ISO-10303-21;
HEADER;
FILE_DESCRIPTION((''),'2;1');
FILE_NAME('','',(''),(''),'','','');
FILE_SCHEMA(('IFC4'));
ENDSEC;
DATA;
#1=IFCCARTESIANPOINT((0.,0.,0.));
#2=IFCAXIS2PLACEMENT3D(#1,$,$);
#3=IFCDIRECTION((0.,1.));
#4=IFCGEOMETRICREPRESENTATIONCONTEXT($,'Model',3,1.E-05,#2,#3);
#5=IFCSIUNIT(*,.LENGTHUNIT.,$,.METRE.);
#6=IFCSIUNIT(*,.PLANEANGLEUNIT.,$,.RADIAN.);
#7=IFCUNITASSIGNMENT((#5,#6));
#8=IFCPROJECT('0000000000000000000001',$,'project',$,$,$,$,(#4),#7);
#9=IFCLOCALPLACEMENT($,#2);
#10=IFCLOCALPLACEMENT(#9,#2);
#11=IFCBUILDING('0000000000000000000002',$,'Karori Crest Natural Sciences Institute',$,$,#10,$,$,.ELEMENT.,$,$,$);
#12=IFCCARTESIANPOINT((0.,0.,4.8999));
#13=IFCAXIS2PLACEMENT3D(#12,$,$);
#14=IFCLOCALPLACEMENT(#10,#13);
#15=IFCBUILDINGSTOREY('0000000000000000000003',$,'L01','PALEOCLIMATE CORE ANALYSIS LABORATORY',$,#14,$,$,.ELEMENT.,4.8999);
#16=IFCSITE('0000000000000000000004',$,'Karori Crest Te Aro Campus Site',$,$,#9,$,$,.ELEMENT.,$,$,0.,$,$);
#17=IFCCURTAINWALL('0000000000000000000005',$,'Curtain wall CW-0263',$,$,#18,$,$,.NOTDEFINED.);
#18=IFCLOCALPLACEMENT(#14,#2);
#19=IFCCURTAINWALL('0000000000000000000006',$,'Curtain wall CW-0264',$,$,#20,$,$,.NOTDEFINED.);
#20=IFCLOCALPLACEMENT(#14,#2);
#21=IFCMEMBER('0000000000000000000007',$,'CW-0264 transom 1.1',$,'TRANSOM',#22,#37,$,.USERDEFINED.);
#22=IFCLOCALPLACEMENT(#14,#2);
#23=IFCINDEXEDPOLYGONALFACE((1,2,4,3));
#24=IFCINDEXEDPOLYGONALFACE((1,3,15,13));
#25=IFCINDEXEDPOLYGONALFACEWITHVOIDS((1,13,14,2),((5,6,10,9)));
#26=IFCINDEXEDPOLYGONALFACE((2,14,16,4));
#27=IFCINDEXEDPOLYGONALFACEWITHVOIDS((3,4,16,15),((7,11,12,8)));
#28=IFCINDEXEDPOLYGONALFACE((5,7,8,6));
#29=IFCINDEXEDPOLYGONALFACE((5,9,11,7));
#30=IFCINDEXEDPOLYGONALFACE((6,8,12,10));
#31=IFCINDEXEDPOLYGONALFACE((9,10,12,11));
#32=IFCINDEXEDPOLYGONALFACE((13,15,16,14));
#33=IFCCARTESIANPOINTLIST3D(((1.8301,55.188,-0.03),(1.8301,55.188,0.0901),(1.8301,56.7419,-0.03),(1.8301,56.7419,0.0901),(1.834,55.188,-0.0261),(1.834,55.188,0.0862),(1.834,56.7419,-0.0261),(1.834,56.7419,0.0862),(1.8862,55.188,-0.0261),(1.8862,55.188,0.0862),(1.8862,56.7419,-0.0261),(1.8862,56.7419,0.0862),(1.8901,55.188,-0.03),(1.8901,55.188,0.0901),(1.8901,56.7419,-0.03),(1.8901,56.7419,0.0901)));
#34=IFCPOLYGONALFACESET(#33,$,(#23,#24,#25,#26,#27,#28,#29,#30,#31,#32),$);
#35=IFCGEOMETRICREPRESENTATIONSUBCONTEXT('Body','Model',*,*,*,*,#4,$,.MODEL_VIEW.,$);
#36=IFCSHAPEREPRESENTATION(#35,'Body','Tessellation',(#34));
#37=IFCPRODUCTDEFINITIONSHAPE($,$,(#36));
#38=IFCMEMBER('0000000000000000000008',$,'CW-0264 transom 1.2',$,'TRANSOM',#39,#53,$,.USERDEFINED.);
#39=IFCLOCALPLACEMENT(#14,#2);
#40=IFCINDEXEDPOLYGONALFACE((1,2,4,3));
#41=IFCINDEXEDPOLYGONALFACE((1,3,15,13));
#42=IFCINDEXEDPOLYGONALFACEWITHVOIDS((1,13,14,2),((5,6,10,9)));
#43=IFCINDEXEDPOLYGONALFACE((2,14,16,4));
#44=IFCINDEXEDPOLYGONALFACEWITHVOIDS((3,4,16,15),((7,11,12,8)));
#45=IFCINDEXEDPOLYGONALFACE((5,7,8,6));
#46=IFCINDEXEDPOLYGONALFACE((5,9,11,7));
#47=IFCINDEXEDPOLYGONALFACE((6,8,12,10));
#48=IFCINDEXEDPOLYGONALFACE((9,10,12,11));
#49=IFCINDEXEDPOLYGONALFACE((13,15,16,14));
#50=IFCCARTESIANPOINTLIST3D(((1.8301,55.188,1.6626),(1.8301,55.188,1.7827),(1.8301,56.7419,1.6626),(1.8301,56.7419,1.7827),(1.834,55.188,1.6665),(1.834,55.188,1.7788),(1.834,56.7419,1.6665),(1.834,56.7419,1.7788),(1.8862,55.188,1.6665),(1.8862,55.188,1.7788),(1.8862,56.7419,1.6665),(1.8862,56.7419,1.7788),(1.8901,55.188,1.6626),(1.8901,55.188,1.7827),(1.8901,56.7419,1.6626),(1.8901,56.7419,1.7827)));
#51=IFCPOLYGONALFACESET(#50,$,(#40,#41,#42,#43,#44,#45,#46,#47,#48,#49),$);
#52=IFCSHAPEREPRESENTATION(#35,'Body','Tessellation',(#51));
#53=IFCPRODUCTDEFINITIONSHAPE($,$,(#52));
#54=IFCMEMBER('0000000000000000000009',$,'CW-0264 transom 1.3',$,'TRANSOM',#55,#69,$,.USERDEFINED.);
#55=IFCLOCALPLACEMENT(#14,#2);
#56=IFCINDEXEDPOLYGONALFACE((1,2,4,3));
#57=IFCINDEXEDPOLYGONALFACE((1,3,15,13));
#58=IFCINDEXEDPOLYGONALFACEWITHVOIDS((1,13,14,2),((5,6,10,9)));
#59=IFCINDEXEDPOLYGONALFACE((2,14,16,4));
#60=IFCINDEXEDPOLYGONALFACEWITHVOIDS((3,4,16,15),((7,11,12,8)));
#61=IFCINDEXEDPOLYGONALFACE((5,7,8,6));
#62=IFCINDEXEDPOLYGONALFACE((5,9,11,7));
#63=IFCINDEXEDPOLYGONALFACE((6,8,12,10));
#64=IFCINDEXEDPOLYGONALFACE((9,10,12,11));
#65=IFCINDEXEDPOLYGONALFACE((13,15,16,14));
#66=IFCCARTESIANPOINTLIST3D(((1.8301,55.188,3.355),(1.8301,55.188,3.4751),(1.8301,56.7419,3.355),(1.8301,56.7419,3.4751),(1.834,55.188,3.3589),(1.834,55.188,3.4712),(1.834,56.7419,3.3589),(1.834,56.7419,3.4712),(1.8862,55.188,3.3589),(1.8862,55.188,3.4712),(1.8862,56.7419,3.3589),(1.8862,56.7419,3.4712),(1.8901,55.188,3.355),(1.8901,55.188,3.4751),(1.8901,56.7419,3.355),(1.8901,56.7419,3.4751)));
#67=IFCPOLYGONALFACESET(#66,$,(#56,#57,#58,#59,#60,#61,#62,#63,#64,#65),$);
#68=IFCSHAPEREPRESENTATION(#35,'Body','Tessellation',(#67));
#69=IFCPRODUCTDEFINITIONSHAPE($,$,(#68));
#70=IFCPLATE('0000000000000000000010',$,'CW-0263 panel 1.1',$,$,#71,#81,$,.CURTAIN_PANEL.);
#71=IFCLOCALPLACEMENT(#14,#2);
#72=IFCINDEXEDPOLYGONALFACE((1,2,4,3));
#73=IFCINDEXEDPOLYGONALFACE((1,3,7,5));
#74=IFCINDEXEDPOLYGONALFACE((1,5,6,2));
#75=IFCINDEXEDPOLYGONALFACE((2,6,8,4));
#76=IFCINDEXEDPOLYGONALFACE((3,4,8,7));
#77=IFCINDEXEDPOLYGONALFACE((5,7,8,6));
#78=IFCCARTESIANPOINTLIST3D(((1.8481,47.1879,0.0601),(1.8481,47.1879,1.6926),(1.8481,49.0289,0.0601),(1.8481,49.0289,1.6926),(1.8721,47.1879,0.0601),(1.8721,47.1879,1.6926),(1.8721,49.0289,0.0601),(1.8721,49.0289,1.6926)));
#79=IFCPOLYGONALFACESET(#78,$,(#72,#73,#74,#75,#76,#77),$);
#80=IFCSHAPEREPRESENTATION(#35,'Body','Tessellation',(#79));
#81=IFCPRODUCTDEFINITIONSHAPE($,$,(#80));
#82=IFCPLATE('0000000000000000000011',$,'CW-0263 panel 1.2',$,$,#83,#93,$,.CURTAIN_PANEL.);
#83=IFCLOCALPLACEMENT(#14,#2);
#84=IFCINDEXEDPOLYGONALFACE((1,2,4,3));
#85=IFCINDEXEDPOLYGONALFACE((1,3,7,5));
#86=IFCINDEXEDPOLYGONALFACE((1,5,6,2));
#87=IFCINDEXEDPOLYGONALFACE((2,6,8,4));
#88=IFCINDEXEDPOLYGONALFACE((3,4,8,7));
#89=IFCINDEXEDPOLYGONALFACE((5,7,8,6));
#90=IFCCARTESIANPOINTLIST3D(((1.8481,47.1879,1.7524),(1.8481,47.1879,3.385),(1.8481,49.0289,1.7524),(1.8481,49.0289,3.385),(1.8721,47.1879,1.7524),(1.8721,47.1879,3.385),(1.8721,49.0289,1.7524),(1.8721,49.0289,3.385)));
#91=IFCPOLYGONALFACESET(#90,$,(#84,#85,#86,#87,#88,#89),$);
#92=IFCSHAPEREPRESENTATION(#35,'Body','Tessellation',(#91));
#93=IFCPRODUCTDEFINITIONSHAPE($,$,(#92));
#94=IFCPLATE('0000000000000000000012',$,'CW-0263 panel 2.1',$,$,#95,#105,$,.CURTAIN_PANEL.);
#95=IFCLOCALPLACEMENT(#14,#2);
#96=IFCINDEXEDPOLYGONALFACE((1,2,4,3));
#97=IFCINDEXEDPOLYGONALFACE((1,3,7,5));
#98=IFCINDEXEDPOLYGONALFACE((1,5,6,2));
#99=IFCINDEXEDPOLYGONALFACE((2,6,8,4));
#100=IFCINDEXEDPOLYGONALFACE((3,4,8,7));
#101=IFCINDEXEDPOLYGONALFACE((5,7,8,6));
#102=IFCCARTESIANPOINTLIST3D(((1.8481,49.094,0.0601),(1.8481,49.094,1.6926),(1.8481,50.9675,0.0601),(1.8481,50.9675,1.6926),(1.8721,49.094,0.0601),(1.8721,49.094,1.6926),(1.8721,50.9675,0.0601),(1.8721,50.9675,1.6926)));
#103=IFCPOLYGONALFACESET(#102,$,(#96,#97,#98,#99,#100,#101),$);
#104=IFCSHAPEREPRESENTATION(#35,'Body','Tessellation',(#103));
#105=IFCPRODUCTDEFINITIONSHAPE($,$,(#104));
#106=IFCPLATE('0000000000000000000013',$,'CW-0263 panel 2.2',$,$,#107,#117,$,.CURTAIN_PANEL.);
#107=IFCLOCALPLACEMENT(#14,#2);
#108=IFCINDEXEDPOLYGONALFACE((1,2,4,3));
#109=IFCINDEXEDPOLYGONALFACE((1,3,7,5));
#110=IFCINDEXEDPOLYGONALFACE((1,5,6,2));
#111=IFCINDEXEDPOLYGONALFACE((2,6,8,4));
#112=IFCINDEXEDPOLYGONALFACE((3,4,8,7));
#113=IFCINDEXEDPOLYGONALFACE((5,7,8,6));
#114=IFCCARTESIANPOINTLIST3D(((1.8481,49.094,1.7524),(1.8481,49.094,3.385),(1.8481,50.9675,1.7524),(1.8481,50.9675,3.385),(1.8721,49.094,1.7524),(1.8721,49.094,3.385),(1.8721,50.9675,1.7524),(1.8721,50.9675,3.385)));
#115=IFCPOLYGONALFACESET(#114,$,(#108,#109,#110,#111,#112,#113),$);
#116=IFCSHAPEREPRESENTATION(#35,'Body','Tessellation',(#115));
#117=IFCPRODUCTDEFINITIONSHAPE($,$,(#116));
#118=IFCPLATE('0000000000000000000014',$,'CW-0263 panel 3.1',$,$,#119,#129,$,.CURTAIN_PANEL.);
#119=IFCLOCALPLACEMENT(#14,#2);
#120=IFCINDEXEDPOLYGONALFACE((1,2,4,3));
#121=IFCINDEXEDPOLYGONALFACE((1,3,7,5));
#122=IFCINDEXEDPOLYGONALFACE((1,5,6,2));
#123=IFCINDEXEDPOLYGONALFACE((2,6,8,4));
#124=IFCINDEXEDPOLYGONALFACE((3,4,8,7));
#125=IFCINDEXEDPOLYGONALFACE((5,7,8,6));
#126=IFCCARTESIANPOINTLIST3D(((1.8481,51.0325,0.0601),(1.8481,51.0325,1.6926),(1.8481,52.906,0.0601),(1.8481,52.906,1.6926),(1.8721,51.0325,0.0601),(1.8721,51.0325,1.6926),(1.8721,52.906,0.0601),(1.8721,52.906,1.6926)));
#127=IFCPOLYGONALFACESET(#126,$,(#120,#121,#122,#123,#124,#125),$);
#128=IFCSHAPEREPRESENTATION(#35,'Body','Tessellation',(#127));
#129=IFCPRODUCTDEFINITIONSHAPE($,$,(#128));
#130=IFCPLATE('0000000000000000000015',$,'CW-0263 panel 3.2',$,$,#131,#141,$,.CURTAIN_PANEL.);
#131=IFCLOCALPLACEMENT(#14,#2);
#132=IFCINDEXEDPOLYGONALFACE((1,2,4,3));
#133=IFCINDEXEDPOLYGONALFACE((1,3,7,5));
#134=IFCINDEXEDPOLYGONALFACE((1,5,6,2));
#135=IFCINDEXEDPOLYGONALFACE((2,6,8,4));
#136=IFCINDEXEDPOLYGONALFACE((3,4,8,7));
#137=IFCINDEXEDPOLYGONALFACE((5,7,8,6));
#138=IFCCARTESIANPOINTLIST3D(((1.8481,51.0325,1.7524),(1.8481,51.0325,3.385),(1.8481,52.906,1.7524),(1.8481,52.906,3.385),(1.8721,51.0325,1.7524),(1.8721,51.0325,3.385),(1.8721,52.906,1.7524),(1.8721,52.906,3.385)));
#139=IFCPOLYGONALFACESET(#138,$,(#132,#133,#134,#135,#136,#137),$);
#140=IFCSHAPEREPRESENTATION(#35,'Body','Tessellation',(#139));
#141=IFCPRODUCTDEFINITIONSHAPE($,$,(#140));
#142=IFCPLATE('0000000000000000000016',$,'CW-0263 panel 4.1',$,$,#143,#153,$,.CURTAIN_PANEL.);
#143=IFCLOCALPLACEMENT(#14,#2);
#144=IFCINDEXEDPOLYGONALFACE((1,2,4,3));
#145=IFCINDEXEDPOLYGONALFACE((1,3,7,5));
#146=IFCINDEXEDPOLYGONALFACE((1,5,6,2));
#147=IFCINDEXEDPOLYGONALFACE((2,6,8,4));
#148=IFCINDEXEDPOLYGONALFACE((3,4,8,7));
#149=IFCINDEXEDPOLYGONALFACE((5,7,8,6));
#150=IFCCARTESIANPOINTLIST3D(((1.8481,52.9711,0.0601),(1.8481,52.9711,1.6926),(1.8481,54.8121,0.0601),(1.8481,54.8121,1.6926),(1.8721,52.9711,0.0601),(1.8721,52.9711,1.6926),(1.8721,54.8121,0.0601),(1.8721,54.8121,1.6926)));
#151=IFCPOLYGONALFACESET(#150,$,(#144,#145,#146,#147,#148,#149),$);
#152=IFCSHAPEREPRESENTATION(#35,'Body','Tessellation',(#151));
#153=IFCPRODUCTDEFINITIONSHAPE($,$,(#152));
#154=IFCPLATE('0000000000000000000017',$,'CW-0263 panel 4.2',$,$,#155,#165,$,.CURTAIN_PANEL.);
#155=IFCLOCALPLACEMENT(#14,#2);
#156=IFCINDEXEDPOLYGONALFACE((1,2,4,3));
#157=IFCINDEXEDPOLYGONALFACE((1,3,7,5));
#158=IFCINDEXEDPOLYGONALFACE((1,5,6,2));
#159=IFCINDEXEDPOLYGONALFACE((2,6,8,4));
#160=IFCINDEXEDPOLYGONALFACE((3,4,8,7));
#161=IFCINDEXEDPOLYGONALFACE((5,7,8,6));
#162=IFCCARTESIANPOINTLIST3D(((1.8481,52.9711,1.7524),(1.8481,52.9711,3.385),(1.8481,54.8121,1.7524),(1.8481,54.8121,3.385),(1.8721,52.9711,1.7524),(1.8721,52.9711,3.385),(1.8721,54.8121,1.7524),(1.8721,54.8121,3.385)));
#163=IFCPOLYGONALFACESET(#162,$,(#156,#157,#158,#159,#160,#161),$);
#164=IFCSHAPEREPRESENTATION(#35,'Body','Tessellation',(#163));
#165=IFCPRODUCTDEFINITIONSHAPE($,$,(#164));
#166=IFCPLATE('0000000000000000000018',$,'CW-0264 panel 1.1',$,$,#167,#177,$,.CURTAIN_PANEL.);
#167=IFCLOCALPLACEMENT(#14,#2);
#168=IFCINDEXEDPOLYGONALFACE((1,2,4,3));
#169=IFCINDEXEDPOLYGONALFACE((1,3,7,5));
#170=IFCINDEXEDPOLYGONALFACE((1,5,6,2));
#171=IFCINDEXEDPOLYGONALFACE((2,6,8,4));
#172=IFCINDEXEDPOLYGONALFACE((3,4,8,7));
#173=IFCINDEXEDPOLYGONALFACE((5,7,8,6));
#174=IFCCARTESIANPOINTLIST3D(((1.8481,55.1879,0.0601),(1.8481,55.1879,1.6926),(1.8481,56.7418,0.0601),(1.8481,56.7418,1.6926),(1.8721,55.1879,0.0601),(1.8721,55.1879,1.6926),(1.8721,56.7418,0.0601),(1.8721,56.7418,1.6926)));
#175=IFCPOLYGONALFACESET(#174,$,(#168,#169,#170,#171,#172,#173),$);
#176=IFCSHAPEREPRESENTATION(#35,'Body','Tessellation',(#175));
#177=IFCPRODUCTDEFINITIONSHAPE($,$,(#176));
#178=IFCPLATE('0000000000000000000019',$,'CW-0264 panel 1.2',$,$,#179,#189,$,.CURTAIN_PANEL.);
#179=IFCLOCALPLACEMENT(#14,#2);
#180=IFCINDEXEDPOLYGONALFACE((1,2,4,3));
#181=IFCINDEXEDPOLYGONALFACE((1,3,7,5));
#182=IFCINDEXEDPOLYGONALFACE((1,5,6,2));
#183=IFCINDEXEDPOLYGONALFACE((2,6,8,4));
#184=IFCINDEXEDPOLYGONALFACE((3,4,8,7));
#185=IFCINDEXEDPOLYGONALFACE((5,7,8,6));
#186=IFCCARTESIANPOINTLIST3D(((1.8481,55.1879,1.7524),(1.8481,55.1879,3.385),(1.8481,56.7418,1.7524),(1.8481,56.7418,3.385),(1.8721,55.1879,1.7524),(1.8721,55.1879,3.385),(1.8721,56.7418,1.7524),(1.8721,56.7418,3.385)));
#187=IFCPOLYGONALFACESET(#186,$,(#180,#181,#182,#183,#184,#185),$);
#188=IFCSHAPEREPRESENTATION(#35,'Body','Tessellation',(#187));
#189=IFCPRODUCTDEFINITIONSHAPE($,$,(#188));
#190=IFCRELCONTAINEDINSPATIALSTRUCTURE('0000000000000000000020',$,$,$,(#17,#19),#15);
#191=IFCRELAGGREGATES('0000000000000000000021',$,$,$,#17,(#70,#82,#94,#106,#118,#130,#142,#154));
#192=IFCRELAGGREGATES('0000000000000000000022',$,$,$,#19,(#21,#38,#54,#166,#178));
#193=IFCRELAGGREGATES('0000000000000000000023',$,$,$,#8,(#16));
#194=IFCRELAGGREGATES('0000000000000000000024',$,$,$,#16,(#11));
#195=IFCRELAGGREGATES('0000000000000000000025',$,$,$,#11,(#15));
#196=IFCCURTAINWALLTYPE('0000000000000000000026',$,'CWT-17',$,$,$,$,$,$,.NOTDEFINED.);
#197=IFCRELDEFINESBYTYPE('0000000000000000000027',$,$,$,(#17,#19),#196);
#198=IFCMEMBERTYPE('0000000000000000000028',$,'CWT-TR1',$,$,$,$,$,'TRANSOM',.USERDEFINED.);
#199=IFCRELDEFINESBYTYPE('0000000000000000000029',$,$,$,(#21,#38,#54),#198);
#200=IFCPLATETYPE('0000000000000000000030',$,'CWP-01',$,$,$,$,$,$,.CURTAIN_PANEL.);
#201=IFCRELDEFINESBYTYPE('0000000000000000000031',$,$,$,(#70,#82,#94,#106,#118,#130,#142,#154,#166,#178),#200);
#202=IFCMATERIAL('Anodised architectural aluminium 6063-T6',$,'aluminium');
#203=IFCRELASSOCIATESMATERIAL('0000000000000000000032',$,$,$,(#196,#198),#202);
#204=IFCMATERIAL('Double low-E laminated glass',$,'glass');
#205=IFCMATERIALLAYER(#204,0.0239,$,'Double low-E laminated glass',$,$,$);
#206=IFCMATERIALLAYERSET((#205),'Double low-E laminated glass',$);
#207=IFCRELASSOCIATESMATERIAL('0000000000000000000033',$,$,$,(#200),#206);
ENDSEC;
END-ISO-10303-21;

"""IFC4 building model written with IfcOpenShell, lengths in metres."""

from ifc_helpers import new_model, si_unit, direction, frame, origin, origin_2d, place, context, subcontext, project, spatial, rectangle, hollow_rectangle, extrude, material, layer, layer_set, material_profile, profile_set, type_object, element, aggregate, save


model = new_model("IFC4")

# Units and contexts
model_context = context("Model", 3, precision=1e-05, world=origin(), true_north=direction((0.0, 1.0)))
body_context = subcontext(model_context, "Body", "Model", "MODEL_VIEW")
ifc_project = project(units=[si_unit("LENGTHUNIT", "METRE"), si_unit("PLANEANGLEUNIT", "RADIAN")], contexts=[model_context])

# Site, building, storey
site_placement = place(None, origin())
site = spatial("IfcSite", under=ifc_project, at=site_placement, Name="Karori Crest Te Aro Campus Site", CompositionType="ELEMENT", RefElevation=0.0)
building_placement = place(site_placement, origin())
building = spatial("IfcBuilding", under=site, at=building_placement, Name="Karori Crest Natural Sciences Institute", CompositionType="ELEMENT")
storey_placement = place(building_placement, frame((0.0, 0.0, 4.8999)))
storey = spatial("IfcBuildingStorey", under=building, at=storey_placement, Name="L01", Description="PALEOCLIMATE CORE ANALYSIS LABORATORY", CompositionType="ELEMENT", Elevation=4.8999)

# Curtain wall
ifc_material_1 = material(Name="Anodised architectural aluminium 6063-T6", Category="aluminium")
curtain_wall_type = type_object("IfcCurtainWallType", Name="CWT-17", PredefinedType="NOTDEFINED", material=ifc_material_1)
curtain_wall_1_placement = place(storey_placement, origin())
curtain_wall_1 = element("IfcCurtainWall", 1, at=curtain_wall_1_placement, inside=storey, type_object=curtain_wall_type, Name="Curtain wall CW-0263", PredefinedType="NOTDEFINED")

# Curtain wall
curtain_wall_2_placement = place(storey_placement, origin())
curtain_wall_2 = element("IfcCurtainWall", 2, at=curtain_wall_2_placement, inside=storey, type_object=curtain_wall_type, Name="Curtain wall CW-0264", PredefinedType="NOTDEFINED")

# Members
ifc_material_profile_1 = material_profile(ifc_material_1, hollow_rectangle(XDim=0.0601, YDim=0.1201, WallThickness=0.0039, at=origin_2d()), Name="CWT120x60x4")
ifc_profile_set_1 = profile_set([ifc_material_profile_1], Name="Anodised architectural aluminium 6063-T6")
member_type_1 = type_object("IfcMemberType", Name="CWT-TR1", ElementType="TRANSOM", PredefinedType="USERDEFINED", material=ifc_profile_set_1)
member_1_placement = place(storey_placement, frame((1.8601, 55.188, 0.03), z_axis=(0.0, 1.0, 0.0), x_axis=(-1.0, 0.0, 0.0)))
member_1 = element("IfcMember", 3, at=member_1_placement, type_object=member_type_1, Name="CW-0264 transom 1.1", ObjectType="TRANSOM", PredefinedType="USERDEFINED", context=body_context, shape_type="SweptSolid", body=[
    extrude(hollow_rectangle(XDim=0.0601, YDim=0.1201, WallThickness=0.0039, at=origin_2d()), origin(), (0.0, 0.0, 1.0), 1.554),
])
member_2_placement = place(storey_placement, frame((1.8601, 55.188, 1.7227), z_axis=(0.0, 1.0, 0.0), x_axis=(-1.0, 0.0, 0.0)))
member_2 = element("IfcMember", 4, at=member_2_placement, type_object=member_type_1, Name="CW-0264 transom 1.2", ObjectType="TRANSOM", PredefinedType="USERDEFINED", context=body_context, shape_type="SweptSolid", body=[
    extrude(hollow_rectangle(XDim=0.0601, YDim=0.1201, WallThickness=0.0039, at=origin_2d()), origin(), (0.0, 0.0, 1.0), 1.554),
])
member_3_placement = place(storey_placement, frame((1.8601, 55.188, 3.415), z_axis=(0.0, 1.0, 0.0), x_axis=(-1.0, 0.0, 0.0)))
member_3 = element("IfcMember", 5, at=member_3_placement, type_object=member_type_1, Name="CW-0264 transom 1.3", ObjectType="TRANSOM", PredefinedType="USERDEFINED", context=body_context, shape_type="SweptSolid", body=[
    extrude(hollow_rectangle(XDim=0.0601, YDim=0.1201, WallThickness=0.0039, at=origin_2d()), origin(), (0.0, 0.0, 1.0), 1.554),
])

# Plates
ifc_material_2 = material(Name="Double low-E laminated glass", Category="glass")
ifc_layer_1 = layer(ifc_material_2, 0.0239, Name="Double low-E laminated glass")
ifc_layer_set_1 = layer_set([ifc_layer_1], Name="Double low-E laminated glass")
plate_type = type_object("IfcPlateType", Name="CWP-01", PredefinedType="CURTAIN_PANEL", material=ifc_layer_set_1)
plate_1_placement = place(storey_placement, frame((1.8601, 48.1084, 0.0601), z_axis=(0.0, 0.0, 1.0), x_axis=(0.0, 1.0, 0.0)))
plate_1 = element("IfcPlate", 6, at=plate_1_placement, type_object=plate_type, Name="CW-0263 panel 1.1", PredefinedType="CURTAIN_PANEL", context=body_context, shape_type="SweptSolid", body=[
    extrude(rectangle(XDim=1.8411, YDim=0.0239, at=origin_2d()), origin(), (0.0, 0.0, 1.0), 1.6326),
])
plate_2_placement = place(storey_placement, frame((1.8601, 48.1084, 1.7524), z_axis=(0.0, 0.0, 1.0), x_axis=(0.0, 1.0, 0.0)))
plate_2 = element("IfcPlate", 7, at=plate_2_placement, type_object=plate_type, Name="CW-0263 panel 1.2", PredefinedType="CURTAIN_PANEL", context=body_context, shape_type="SweptSolid", body=[
    extrude(rectangle(XDim=1.8411, YDim=0.0239, at=origin_2d()), origin(), (0.0, 0.0, 1.0), 1.6326),
])
plate_3_placement = place(storey_placement, frame((1.8601, 50.0308, 0.0601), z_axis=(0.0, 0.0, 1.0), x_axis=(0.0, 1.0, 0.0)))
plate_3 = element("IfcPlate", 8, at=plate_3_placement, type_object=plate_type, Name="CW-0263 panel 2.1", PredefinedType="CURTAIN_PANEL", context=body_context, shape_type="SweptSolid", body=[
    extrude(rectangle(XDim=1.8735, YDim=0.0239, at=origin_2d()), origin(), (0.0, 0.0, 1.0), 1.6326),
])
plate_4_placement = place(storey_placement, frame((1.8601, 50.0308, 1.7524), z_axis=(0.0, 0.0, 1.0), x_axis=(0.0, 1.0, 0.0)))
plate_4 = element("IfcPlate", 9, at=plate_4_placement, type_object=plate_type, Name="CW-0263 panel 2.2", PredefinedType="CURTAIN_PANEL", context=body_context, shape_type="SweptSolid", body=[
    extrude(rectangle(XDim=1.8735, YDim=0.0239, at=origin_2d()), origin(), (0.0, 0.0, 1.0), 1.6326),
])
plate_5_placement = place(storey_placement, frame((1.8601, 51.9692, 0.0601), z_axis=(0.0, 0.0, 1.0), x_axis=(0.0, 1.0, 0.0)))
plate_5 = element("IfcPlate", 10, at=plate_5_placement, type_object=plate_type, Name="CW-0263 panel 3.1", PredefinedType="CURTAIN_PANEL", context=body_context, shape_type="SweptSolid", body=[
    extrude(rectangle(XDim=1.8735, YDim=0.0239, at=origin_2d()), origin(), (0.0, 0.0, 1.0), 1.6326),
])
plate_6_placement = place(storey_placement, frame((1.8601, 51.9692, 1.7524), z_axis=(0.0, 0.0, 1.0), x_axis=(0.0, 1.0, 0.0)))
plate_6 = element("IfcPlate", 11, at=plate_6_placement, type_object=plate_type, Name="CW-0263 panel 3.2", PredefinedType="CURTAIN_PANEL", context=body_context, shape_type="SweptSolid", body=[
    extrude(rectangle(XDim=1.8735, YDim=0.0239, at=origin_2d()), origin(), (0.0, 0.0, 1.0), 1.6326),
])
plate_7_placement = place(storey_placement, frame((1.8601, 53.8916, 0.0601), z_axis=(0.0, 0.0, 1.0), x_axis=(0.0, 1.0, 0.0)))
plate_7 = element("IfcPlate", 12, at=plate_7_placement, type_object=plate_type, Name="CW-0263 panel 4.1", PredefinedType="CURTAIN_PANEL", context=body_context, shape_type="SweptSolid", body=[
    extrude(rectangle(XDim=1.8411, YDim=0.0239, at=origin_2d()), origin(), (0.0, 0.0, 1.0), 1.6326),
])
plate_8_placement = place(storey_placement, frame((1.8601, 53.8916, 1.7524), z_axis=(0.0, 0.0, 1.0), x_axis=(0.0, 1.0, 0.0)))
plate_8 = element("IfcPlate", 13, at=plate_8_placement, type_object=plate_type, Name="CW-0263 panel 4.2", PredefinedType="CURTAIN_PANEL", context=body_context, shape_type="SweptSolid", body=[
    extrude(rectangle(XDim=1.8411, YDim=0.0239, at=origin_2d()), origin(), (0.0, 0.0, 1.0), 1.6326),
])
aggregate(curtain_wall_1, [plate_1, plate_2, plate_3, plate_4, plate_5, plate_6, plate_7, plate_8])
plate_9_placement = place(storey_placement, frame((1.8601, 55.9648, 0.0601), z_axis=(0.0, 0.0, 1.0), x_axis=(0.0, 1.0, 0.0)))
plate_9 = element("IfcPlate", 14, at=plate_9_placement, type_object=plate_type, Name="CW-0264 panel 1.1", PredefinedType="CURTAIN_PANEL", context=body_context, shape_type="SweptSolid", body=[
    extrude(rectangle(XDim=1.554, YDim=0.0239, at=origin_2d()), origin(), (0.0, 0.0, 1.0), 1.6326),
])
plate_10_placement = place(storey_placement, frame((1.8601, 55.9648, 1.7524), z_axis=(0.0, 0.0, 1.0), x_axis=(0.0, 1.0, 0.0)))
plate_10 = element("IfcPlate", 15, at=plate_10_placement, type_object=plate_type, Name="CW-0264 panel 1.2", PredefinedType="CURTAIN_PANEL", context=body_context, shape_type="SweptSolid", body=[
    extrude(rectangle(XDim=1.554, YDim=0.0239, at=origin_2d()), origin(), (0.0, 0.0, 1.0), 1.6326),
])
aggregate(curtain_wall_2, [member_1, member_2, member_3, plate_9, plate_10])

save(model, "model.ifc")
